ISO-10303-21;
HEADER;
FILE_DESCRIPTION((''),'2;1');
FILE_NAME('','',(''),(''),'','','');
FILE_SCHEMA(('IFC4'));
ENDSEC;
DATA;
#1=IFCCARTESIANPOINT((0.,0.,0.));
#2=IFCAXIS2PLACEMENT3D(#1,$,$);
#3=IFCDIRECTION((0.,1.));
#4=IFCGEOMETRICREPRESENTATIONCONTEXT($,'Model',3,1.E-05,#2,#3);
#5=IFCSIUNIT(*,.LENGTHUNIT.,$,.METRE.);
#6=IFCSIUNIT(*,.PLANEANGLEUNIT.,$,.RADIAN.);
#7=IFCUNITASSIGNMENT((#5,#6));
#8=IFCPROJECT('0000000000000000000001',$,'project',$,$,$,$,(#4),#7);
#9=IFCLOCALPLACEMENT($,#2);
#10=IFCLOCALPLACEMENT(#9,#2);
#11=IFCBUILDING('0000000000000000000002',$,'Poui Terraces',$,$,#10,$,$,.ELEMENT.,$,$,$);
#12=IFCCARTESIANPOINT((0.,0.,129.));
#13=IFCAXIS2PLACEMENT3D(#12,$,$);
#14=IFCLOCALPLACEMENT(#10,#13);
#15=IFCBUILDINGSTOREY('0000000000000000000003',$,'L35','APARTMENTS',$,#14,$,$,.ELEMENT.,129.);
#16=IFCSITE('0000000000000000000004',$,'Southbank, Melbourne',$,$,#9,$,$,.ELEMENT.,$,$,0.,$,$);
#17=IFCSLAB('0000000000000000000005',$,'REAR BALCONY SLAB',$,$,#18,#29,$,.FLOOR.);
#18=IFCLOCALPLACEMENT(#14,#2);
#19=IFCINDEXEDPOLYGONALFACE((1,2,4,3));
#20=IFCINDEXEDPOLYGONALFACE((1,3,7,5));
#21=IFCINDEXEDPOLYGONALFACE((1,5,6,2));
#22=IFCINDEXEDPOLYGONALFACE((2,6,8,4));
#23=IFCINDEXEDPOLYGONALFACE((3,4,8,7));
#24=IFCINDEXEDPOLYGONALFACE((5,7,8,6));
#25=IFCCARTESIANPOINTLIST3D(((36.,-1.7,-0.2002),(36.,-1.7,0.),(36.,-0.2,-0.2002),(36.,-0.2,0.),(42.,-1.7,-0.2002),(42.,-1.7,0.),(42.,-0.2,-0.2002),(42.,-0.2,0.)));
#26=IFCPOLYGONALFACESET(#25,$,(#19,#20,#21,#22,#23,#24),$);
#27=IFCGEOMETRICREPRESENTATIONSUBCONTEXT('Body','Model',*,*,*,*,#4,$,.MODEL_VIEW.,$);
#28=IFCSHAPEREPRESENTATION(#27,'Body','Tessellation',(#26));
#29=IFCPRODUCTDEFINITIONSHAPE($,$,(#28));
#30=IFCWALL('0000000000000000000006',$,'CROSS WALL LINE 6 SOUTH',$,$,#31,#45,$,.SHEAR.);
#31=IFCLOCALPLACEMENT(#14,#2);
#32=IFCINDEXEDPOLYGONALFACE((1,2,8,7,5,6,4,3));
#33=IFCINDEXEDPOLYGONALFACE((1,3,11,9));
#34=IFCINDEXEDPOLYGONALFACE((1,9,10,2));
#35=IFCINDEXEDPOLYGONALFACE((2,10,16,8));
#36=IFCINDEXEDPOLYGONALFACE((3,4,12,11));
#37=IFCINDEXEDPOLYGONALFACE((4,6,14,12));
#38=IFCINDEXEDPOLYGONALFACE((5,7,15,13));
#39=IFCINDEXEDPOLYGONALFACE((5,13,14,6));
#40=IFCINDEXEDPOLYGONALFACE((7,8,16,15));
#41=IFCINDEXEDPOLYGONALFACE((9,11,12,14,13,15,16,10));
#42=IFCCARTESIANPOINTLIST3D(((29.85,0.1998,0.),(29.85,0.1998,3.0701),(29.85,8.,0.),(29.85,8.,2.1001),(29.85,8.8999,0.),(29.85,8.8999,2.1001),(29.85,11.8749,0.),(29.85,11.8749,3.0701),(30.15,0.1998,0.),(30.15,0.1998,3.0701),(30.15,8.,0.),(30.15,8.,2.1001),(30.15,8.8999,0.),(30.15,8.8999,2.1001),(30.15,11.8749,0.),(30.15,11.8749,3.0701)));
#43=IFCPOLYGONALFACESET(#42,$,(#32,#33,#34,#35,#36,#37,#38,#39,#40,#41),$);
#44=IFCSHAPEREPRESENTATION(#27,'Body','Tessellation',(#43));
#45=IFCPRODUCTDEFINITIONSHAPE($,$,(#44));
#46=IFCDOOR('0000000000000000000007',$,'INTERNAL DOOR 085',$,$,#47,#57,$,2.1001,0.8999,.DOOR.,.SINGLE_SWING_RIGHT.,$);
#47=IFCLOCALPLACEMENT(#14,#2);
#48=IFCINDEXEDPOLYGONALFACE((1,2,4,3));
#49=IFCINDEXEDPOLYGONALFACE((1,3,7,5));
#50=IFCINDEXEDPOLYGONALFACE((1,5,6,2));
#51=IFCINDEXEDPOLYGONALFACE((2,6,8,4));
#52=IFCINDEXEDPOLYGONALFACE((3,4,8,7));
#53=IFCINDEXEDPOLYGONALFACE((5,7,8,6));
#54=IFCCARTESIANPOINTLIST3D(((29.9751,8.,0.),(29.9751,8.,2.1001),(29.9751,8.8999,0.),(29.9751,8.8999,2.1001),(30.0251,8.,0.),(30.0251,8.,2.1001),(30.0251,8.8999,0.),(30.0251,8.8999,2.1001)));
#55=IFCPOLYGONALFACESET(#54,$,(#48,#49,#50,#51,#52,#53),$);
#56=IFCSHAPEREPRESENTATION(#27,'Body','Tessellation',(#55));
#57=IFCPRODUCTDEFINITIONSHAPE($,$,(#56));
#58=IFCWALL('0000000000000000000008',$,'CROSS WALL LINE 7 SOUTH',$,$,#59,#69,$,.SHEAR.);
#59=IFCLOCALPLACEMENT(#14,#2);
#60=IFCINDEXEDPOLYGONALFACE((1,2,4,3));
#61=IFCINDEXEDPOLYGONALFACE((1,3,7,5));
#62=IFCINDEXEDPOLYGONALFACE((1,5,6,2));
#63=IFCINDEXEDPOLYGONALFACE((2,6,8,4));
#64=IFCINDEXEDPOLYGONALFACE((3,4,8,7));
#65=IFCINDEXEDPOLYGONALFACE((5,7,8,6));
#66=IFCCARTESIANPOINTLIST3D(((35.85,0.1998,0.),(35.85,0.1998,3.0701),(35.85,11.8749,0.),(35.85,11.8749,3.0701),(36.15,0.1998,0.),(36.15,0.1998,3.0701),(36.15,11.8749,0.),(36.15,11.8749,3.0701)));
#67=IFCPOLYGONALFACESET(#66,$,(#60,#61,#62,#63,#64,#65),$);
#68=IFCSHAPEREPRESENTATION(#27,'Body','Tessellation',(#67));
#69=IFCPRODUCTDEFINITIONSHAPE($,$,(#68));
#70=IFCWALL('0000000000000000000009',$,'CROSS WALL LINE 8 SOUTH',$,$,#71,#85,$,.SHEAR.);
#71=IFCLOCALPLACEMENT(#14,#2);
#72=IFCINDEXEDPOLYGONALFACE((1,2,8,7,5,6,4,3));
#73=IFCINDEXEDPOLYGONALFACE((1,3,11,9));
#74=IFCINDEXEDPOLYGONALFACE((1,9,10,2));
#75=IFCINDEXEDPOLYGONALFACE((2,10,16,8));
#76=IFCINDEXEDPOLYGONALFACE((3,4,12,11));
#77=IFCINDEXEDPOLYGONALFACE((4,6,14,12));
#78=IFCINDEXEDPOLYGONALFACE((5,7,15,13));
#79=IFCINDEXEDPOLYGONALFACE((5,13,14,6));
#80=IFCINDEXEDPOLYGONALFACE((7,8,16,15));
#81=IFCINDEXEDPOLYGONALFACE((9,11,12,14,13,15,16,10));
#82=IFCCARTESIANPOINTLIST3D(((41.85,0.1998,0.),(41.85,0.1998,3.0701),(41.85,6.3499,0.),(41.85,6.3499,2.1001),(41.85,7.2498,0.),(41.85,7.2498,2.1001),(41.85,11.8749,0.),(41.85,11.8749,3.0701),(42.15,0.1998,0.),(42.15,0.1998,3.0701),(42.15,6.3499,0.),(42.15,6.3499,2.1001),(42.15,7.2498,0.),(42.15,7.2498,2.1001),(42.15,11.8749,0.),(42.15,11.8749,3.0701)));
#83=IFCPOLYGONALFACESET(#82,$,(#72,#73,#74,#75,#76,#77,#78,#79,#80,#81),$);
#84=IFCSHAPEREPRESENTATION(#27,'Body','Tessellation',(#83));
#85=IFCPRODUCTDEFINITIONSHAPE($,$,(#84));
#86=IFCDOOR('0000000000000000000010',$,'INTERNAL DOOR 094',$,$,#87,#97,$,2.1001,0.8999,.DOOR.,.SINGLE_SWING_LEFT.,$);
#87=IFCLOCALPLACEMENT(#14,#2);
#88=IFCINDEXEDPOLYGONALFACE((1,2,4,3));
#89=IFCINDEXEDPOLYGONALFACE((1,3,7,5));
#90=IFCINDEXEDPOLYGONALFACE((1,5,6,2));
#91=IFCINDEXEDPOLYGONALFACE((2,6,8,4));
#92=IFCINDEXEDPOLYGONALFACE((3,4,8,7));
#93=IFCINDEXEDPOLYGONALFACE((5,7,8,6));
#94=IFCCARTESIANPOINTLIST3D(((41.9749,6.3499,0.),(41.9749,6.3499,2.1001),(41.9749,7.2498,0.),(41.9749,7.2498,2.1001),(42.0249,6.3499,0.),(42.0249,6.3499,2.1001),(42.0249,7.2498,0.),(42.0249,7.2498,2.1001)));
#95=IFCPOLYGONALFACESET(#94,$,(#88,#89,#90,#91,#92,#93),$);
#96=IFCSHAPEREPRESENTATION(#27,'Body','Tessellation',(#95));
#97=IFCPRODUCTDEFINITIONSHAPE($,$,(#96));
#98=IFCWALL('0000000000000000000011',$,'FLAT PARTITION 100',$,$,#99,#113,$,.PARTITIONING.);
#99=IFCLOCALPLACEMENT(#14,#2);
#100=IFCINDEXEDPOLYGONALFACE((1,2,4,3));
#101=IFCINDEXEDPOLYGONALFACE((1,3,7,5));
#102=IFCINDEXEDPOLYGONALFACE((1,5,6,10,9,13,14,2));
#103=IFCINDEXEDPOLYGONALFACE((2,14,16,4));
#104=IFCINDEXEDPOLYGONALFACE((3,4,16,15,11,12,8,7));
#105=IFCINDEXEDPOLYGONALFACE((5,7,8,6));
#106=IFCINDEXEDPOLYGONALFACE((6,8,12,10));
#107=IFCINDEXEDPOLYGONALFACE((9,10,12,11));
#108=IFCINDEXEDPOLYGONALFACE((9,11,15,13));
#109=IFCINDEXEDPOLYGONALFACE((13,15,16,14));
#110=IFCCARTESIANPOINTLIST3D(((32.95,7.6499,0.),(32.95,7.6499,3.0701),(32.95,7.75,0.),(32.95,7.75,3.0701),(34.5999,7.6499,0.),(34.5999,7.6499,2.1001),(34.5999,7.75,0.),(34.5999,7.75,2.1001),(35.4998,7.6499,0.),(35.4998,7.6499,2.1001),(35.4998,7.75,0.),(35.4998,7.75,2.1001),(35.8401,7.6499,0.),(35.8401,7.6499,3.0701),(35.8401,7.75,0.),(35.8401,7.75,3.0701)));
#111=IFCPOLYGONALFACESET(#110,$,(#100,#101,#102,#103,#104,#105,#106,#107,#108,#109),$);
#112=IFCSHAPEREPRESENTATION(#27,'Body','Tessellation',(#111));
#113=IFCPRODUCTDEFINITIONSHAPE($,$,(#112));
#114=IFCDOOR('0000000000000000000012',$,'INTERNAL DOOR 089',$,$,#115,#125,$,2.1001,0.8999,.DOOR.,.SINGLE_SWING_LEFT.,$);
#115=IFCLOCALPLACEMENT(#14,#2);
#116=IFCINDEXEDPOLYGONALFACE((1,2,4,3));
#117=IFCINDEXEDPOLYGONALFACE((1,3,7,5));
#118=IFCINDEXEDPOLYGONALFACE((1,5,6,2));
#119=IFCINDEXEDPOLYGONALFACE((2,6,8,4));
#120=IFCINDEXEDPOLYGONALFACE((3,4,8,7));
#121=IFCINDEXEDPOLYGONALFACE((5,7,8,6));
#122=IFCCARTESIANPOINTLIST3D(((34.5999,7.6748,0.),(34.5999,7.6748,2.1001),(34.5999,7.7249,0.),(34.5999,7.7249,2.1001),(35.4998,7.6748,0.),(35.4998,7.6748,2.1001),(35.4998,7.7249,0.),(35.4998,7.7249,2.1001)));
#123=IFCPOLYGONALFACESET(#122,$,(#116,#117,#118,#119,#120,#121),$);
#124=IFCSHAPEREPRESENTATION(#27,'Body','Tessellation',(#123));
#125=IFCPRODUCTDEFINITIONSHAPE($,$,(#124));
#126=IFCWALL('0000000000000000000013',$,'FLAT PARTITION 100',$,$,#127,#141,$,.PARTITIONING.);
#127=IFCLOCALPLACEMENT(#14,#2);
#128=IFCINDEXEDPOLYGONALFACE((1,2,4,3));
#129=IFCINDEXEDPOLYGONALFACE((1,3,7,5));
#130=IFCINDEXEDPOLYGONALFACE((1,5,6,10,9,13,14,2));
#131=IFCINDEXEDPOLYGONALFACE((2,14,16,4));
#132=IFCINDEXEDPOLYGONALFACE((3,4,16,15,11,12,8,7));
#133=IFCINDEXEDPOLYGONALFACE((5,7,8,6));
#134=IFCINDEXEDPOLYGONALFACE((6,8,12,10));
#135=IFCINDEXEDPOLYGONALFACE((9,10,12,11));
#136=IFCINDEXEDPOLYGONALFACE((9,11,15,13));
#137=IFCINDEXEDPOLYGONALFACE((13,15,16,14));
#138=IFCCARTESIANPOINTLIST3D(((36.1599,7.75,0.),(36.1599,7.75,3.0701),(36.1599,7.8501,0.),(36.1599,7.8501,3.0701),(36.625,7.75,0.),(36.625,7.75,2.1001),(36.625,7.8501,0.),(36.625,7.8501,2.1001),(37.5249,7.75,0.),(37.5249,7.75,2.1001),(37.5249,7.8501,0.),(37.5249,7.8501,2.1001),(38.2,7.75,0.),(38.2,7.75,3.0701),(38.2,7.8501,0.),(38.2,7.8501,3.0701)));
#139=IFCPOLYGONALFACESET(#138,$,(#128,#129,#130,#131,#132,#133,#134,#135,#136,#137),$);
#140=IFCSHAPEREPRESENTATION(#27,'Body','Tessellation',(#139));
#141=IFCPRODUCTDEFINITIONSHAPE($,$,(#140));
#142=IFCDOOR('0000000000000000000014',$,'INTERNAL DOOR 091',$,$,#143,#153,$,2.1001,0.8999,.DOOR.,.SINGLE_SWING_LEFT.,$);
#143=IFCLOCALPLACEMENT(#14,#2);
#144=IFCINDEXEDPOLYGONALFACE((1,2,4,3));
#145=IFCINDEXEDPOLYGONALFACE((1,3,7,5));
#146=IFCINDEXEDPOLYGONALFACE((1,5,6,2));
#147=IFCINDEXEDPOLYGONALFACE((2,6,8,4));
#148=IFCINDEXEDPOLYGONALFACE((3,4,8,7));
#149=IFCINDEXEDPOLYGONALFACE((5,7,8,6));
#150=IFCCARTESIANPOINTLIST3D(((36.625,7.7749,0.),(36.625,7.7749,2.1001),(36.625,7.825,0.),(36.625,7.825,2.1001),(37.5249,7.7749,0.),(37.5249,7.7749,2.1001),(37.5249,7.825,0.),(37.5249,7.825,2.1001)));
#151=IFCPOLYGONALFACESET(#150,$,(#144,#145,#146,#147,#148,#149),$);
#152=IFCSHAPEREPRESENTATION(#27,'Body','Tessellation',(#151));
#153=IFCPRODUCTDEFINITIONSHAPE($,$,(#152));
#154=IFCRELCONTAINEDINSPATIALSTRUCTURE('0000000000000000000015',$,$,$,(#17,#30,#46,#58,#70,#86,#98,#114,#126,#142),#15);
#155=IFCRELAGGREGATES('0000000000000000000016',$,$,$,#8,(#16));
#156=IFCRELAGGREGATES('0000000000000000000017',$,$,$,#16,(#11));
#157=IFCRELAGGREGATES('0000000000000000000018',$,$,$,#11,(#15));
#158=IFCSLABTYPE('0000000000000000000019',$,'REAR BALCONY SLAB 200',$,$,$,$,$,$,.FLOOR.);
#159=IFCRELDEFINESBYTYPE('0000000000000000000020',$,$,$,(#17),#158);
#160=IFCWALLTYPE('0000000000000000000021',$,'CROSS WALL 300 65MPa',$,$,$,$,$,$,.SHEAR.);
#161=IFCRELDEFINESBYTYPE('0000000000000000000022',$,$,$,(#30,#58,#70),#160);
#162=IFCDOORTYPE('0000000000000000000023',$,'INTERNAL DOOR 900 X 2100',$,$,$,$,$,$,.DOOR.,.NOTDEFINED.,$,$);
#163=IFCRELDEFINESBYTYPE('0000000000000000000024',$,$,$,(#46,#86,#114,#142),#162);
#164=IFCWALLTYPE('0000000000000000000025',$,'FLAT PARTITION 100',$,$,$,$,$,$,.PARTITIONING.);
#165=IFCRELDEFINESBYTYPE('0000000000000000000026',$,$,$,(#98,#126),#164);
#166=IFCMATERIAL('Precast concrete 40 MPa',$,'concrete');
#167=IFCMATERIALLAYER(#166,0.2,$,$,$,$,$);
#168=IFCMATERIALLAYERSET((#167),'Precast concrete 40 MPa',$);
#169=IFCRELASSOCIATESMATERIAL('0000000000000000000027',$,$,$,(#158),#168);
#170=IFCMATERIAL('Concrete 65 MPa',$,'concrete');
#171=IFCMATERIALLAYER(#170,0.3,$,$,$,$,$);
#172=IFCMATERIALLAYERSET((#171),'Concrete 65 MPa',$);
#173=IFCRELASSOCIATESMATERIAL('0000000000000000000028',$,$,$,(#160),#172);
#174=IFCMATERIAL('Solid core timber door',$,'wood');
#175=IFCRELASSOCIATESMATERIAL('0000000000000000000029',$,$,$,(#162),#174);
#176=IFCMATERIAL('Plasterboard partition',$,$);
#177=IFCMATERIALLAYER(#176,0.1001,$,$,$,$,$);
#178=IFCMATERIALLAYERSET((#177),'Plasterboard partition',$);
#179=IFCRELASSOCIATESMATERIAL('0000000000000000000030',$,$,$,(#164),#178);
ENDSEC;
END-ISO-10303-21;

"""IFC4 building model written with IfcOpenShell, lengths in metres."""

from ifc_helpers import new_model, si_unit, direction, frame, frame_2d, origin, place, context, subcontext, project, spatial, polyline, rectangle, outline, extrude, source, transform, mapped, material, layer, layer_set, type_object, element, fill, save


model = new_model("IFC4")

# Units and contexts
model_context = context("Model", 3, precision=1e-05, world=origin(), true_north=direction((0.0, 1.0)))
body_context = subcontext(model_context, "Body", "Model", "MODEL_VIEW")
ifc_project = project(units=[si_unit("LENGTHUNIT", "METRE"), si_unit("PLANEANGLEUNIT", "RADIAN")], contexts=[model_context])

# Site, building, storey
site_placement = place(None, origin())
site = spatial("IfcSite", under=ifc_project, at=site_placement, Name="Southbank, Melbourne", CompositionType="ELEMENT", RefElevation=0.0)
building_placement = place(site_placement, origin())
building = spatial("IfcBuilding", under=site, at=building_placement, Name="Poui Terraces", CompositionType="ELEMENT")
storey_placement = place(building_placement, frame((0.0, 0.0, 129.0)))
storey = spatial("IfcBuildingStorey", under=building, at=storey_placement, Name="L35", Description="APARTMENTS", CompositionType="ELEMENT", Elevation=129.0)

# Slab
ifc_material_1 = material(Name="Precast concrete 40 MPa", Category="concrete")
ifc_layer_1 = layer(ifc_material_1, 0.2)
ifc_layer_set_1 = layer_set([ifc_layer_1], Name="Precast concrete 40 MPa")
slab_type = type_object("IfcSlabType", Name="REAR BALCONY SLAB 200", PredefinedType="FLOOR", material=ifc_layer_set_1)
shared_shape_1 = source(origin(), body_context, "Body", "SweptSolid", [
    extrude(outline(polyline([(0.0, 0.0), (6.0, 0.0), (6.0, 1.5), (0.0, 1.5), (0.0, 0.0)])), origin(), (0.0, 0.0, 1.0), 0.2002),
])
slab_placement = place(storey_placement, frame((36.0, -1.7, -0.2002)))
element("IfcSlab", 1, at=slab_placement, inside=storey, type_object=slab_type, Name="REAR BALCONY SLAB", PredefinedType="FLOOR", context=body_context, shape_type="MappedRepresentation", body=[
    mapped(shared_shape_1, transform((0.0, 0.0, 0.0))),
])

# Wall, opening, door
ifc_material_2 = material(Name="Concrete 65 MPa", Category="concrete")
ifc_layer_2 = layer(ifc_material_2, 0.3)
ifc_layer_set_2 = layer_set([ifc_layer_2], Name="Concrete 65 MPa")
wall_type_1 = type_object("IfcWallType", Name="CROSS WALL 300 65MPa", PredefinedType="SHEAR", material=ifc_layer_set_2)
wall_1_placement = place(storey_placement, frame((30.0, 0.2, 0.0), z_axis=(0.0, 0.0, 1.0), x_axis=(0.0, 1.0, 0.0)))
wall_1 = element("IfcWall", 2, at=wall_1_placement, inside=storey, type_object=wall_type_1, Name="CROSS WALL LINE 6 SOUTH", PredefinedType="SHEAR", context=body_context, shape_type="SweptSolid", body=[
    extrude(rectangle(XDim=11.675, YDim=0.3, at=frame_2d((5.8374, 0.0))), origin(), (0.0, 0.0, 1.0), 3.0701),
])
opening_1_placement = place(wall_1_placement, frame((7.8, 0.0, 0.0)))
opening_1 = element("IfcOpeningElement", 3, at=opening_1_placement, cuts=wall_1, PredefinedType="OPENING", context=body_context, shape_type="SweptSolid", body=[
    extrude(rectangle(XDim=0.8999, YDim=2.1001, at=frame_2d((0.45, 1.05))), frame((0.0, 0.1602, 0.0), z_axis=(0.0, -1.0, 0.0), x_axis=(1.0, 0.0, 0.0)), (0.0, 0.0, 1.0), 0.3201),
])
ifc_material_3 = material(Name="Solid core timber door", Category="wood")
door_type_1 = type_object("IfcDoorType", Name="INTERNAL DOOR 900 X 2100", OperationType="NOTDEFINED", PredefinedType="DOOR", material=ifc_material_3)
door_1_placement = place(opening_1_placement, origin())
door_1 = element("IfcDoor", 4, at=door_1_placement, inside=storey, type_object=door_type_1, Name="INTERNAL DOOR 085", OperationType="SINGLE_SWING_RIGHT", OverallHeight=2.1001, OverallWidth=0.8999, PredefinedType="DOOR", context=body_context, shape_type="SweptSolid", body=[
    extrude(rectangle(XDim=0.8999, YDim=2.1001, at=frame_2d((0.45, 1.05))), frame((0.0, 0.0249, 0.0), z_axis=(0.0, -1.0, 0.0), x_axis=(1.0, 0.0, 0.0)), (0.0, 0.0, 1.0), 0.05),
])
fill(opening_1, door_1)

# Wall
wall_2_placement = place(storey_placement, frame((36.0, 0.2, 0.0), z_axis=(0.0, 0.0, 1.0), x_axis=(0.0, 1.0, 0.0)))
element("IfcWall", 5, at=wall_2_placement, inside=storey, type_object=wall_type_1, Name="CROSS WALL LINE 7 SOUTH", PredefinedType="SHEAR", context=body_context, shape_type="SweptSolid", body=[
    extrude(rectangle(XDim=11.675, YDim=0.3, at=frame_2d((5.8374, 0.0))), origin(), (0.0, 0.0, 1.0), 3.0701),
])

# Walls, openings, doors
wall_3_placement = place(storey_placement, frame((42.0, 0.2, 0.0), z_axis=(0.0, 0.0, 1.0), x_axis=(0.0, 1.0, 0.0)))
wall_3 = element("IfcWall", 6, at=wall_3_placement, inside=storey, type_object=wall_type_1, Name="CROSS WALL LINE 8 SOUTH", PredefinedType="SHEAR", context=body_context, shape_type="SweptSolid", body=[
    extrude(rectangle(XDim=11.675, YDim=0.3, at=frame_2d((5.8374, 0.0))), origin(), (0.0, 0.0, 1.0), 3.0701),
])
opening_2_placement = place(wall_3_placement, frame((6.1499, 0.0, 0.0)))
opening_2 = element("IfcOpeningElement", 7, at=opening_2_placement, cuts=wall_3, PredefinedType="OPENING", context=body_context, shape_type="SweptSolid", body=[
    extrude(rectangle(XDim=0.8999, YDim=2.1001, at=frame_2d((0.45, 1.05))), frame((0.0, 0.1602, 0.0), z_axis=(0.0, -1.0, 0.0), x_axis=(1.0, 0.0, 0.0)), (0.0, 0.0, 1.0), 0.3201),
])
door_2_placement = place(opening_2_placement, frame((0.8999, 0.0, 0.0), z_axis=(0.0, 0.0, 1.0), x_axis=(-1.0, 0.0, 0.0)))
door_2 = element("IfcDoor", 8, at=door_2_placement, inside=storey, type_object=door_type_1, Name="INTERNAL DOOR 094", OperationType="SINGLE_SWING_LEFT", OverallHeight=2.1001, OverallWidth=0.8999, PredefinedType="DOOR", context=body_context, shape_type="SweptSolid", body=[
    extrude(rectangle(XDim=0.8999, YDim=2.1001, at=frame_2d((0.45, 1.05))), frame((0.0, 0.0249, 0.0), z_axis=(0.0, -1.0, 0.0), x_axis=(1.0, 0.0, 0.0)), (0.0, 0.0, 1.0), 0.05),
])
fill(opening_2, door_2)
ifc_material_4 = material(Name="Plasterboard partition")
ifc_layer_3 = layer(ifc_material_4, 0.1001)
ifc_layer_set_3 = layer_set([ifc_layer_3], Name="Plasterboard partition")
wall_type_2 = type_object("IfcWallType", Name="FLAT PARTITION 100", PredefinedType="PARTITIONING", material=ifc_layer_set_3)
wall_4_placement = place(storey_placement, frame((32.95, 7.7, 0.0), z_axis=(0.0, 0.0, 1.0), x_axis=(1.0, 0.0, 0.0)))
wall_4 = element("IfcWall", 9, at=wall_4_placement, inside=storey, type_object=wall_type_2, Name="FLAT PARTITION 100", PredefinedType="PARTITIONING", context=body_context, shape_type="SweptSolid", body=[
    extrude(rectangle(XDim=2.8901, YDim=0.1001, at=frame_2d((1.4451, 0.0))), origin(), (0.0, 0.0, 1.0), 3.0701),
])
opening_3_placement = place(wall_4_placement, frame((1.6499, 0.0, 0.0)))
opening_3 = element("IfcOpeningElement", 10, at=opening_3_placement, cuts=wall_4, PredefinedType="OPENING", context=body_context, shape_type="SweptSolid", body=[
    extrude(rectangle(XDim=0.8999, YDim=2.1001, at=frame_2d((0.45, 1.05))), frame((0.0, 0.0601, 0.0), z_axis=(0.0, -1.0, 0.0), x_axis=(1.0, 0.0, 0.0)), (0.0, 0.0, 1.0), 0.1201),
])
door_3_placement = place(opening_3_placement, origin())
door_3 = element("IfcDoor", 11, at=door_3_placement, inside=storey, type_object=door_type_1, Name="INTERNAL DOOR 089", OperationType="SINGLE_SWING_LEFT", OverallHeight=2.1001, OverallWidth=0.8999, PredefinedType="DOOR", context=body_context, shape_type="SweptSolid", body=[
    extrude(rectangle(XDim=0.8999, YDim=2.1001, at=frame_2d((0.45, 1.05))), frame((0.0, 0.0249, 0.0), z_axis=(0.0, -1.0, 0.0), x_axis=(1.0, 0.0, 0.0)), (0.0, 0.0, 1.0), 0.05),
])
fill(opening_3, door_3)
wall_5_placement = place(storey_placement, frame((36.1599, 7.8, 0.0), z_axis=(0.0, 0.0, 1.0), x_axis=(1.0, 0.0, 0.0)))
wall_5 = element("IfcWall", 12, at=wall_5_placement, inside=storey, type_object=wall_type_2, Name="FLAT PARTITION 100", PredefinedType="PARTITIONING", context=body_context, shape_type="SweptSolid", body=[
    extrude(rectangle(XDim=2.04, YDim=0.1001, at=frame_2d((1.02, 0.0))), origin(), (0.0, 0.0, 1.0), 3.0701),
])
opening_4_placement = place(wall_5_placement, frame((0.4651, 0.0, 0.0)))
opening_4 = element("IfcOpeningElement", 13, at=opening_4_placement, cuts=wall_5, PredefinedType="OPENING", context=body_context, shape_type="SweptSolid", body=[
    extrude(rectangle(XDim=0.8999, YDim=2.1001, at=frame_2d((0.45, 1.05))), frame((0.0, 0.0601, 0.0), z_axis=(0.0, -1.0, 0.0), x_axis=(1.0, 0.0, 0.0)), (0.0, 0.0, 1.0), 0.1201),
])
door_4_placement = place(opening_4_placement, origin())
door_4 = element("IfcDoor", 14, at=door_4_placement, inside=storey, type_object=door_type_1, Name="INTERNAL DOOR 091", OperationType="SINGLE_SWING_LEFT", OverallHeight=2.1001, OverallWidth=0.8999, PredefinedType="DOOR", context=body_context, shape_type="SweptSolid", body=[
    extrude(rectangle(XDim=0.8999, YDim=2.1001, at=frame_2d((0.45, 1.05))), frame((0.0, 0.0249, 0.0), z_axis=(0.0, -1.0, 0.0), x_axis=(1.0, 0.0, 0.0)), (0.0, 0.0, 1.0), 0.05),
])
fill(opening_4, door_4)

save(model, "model.ifc")
